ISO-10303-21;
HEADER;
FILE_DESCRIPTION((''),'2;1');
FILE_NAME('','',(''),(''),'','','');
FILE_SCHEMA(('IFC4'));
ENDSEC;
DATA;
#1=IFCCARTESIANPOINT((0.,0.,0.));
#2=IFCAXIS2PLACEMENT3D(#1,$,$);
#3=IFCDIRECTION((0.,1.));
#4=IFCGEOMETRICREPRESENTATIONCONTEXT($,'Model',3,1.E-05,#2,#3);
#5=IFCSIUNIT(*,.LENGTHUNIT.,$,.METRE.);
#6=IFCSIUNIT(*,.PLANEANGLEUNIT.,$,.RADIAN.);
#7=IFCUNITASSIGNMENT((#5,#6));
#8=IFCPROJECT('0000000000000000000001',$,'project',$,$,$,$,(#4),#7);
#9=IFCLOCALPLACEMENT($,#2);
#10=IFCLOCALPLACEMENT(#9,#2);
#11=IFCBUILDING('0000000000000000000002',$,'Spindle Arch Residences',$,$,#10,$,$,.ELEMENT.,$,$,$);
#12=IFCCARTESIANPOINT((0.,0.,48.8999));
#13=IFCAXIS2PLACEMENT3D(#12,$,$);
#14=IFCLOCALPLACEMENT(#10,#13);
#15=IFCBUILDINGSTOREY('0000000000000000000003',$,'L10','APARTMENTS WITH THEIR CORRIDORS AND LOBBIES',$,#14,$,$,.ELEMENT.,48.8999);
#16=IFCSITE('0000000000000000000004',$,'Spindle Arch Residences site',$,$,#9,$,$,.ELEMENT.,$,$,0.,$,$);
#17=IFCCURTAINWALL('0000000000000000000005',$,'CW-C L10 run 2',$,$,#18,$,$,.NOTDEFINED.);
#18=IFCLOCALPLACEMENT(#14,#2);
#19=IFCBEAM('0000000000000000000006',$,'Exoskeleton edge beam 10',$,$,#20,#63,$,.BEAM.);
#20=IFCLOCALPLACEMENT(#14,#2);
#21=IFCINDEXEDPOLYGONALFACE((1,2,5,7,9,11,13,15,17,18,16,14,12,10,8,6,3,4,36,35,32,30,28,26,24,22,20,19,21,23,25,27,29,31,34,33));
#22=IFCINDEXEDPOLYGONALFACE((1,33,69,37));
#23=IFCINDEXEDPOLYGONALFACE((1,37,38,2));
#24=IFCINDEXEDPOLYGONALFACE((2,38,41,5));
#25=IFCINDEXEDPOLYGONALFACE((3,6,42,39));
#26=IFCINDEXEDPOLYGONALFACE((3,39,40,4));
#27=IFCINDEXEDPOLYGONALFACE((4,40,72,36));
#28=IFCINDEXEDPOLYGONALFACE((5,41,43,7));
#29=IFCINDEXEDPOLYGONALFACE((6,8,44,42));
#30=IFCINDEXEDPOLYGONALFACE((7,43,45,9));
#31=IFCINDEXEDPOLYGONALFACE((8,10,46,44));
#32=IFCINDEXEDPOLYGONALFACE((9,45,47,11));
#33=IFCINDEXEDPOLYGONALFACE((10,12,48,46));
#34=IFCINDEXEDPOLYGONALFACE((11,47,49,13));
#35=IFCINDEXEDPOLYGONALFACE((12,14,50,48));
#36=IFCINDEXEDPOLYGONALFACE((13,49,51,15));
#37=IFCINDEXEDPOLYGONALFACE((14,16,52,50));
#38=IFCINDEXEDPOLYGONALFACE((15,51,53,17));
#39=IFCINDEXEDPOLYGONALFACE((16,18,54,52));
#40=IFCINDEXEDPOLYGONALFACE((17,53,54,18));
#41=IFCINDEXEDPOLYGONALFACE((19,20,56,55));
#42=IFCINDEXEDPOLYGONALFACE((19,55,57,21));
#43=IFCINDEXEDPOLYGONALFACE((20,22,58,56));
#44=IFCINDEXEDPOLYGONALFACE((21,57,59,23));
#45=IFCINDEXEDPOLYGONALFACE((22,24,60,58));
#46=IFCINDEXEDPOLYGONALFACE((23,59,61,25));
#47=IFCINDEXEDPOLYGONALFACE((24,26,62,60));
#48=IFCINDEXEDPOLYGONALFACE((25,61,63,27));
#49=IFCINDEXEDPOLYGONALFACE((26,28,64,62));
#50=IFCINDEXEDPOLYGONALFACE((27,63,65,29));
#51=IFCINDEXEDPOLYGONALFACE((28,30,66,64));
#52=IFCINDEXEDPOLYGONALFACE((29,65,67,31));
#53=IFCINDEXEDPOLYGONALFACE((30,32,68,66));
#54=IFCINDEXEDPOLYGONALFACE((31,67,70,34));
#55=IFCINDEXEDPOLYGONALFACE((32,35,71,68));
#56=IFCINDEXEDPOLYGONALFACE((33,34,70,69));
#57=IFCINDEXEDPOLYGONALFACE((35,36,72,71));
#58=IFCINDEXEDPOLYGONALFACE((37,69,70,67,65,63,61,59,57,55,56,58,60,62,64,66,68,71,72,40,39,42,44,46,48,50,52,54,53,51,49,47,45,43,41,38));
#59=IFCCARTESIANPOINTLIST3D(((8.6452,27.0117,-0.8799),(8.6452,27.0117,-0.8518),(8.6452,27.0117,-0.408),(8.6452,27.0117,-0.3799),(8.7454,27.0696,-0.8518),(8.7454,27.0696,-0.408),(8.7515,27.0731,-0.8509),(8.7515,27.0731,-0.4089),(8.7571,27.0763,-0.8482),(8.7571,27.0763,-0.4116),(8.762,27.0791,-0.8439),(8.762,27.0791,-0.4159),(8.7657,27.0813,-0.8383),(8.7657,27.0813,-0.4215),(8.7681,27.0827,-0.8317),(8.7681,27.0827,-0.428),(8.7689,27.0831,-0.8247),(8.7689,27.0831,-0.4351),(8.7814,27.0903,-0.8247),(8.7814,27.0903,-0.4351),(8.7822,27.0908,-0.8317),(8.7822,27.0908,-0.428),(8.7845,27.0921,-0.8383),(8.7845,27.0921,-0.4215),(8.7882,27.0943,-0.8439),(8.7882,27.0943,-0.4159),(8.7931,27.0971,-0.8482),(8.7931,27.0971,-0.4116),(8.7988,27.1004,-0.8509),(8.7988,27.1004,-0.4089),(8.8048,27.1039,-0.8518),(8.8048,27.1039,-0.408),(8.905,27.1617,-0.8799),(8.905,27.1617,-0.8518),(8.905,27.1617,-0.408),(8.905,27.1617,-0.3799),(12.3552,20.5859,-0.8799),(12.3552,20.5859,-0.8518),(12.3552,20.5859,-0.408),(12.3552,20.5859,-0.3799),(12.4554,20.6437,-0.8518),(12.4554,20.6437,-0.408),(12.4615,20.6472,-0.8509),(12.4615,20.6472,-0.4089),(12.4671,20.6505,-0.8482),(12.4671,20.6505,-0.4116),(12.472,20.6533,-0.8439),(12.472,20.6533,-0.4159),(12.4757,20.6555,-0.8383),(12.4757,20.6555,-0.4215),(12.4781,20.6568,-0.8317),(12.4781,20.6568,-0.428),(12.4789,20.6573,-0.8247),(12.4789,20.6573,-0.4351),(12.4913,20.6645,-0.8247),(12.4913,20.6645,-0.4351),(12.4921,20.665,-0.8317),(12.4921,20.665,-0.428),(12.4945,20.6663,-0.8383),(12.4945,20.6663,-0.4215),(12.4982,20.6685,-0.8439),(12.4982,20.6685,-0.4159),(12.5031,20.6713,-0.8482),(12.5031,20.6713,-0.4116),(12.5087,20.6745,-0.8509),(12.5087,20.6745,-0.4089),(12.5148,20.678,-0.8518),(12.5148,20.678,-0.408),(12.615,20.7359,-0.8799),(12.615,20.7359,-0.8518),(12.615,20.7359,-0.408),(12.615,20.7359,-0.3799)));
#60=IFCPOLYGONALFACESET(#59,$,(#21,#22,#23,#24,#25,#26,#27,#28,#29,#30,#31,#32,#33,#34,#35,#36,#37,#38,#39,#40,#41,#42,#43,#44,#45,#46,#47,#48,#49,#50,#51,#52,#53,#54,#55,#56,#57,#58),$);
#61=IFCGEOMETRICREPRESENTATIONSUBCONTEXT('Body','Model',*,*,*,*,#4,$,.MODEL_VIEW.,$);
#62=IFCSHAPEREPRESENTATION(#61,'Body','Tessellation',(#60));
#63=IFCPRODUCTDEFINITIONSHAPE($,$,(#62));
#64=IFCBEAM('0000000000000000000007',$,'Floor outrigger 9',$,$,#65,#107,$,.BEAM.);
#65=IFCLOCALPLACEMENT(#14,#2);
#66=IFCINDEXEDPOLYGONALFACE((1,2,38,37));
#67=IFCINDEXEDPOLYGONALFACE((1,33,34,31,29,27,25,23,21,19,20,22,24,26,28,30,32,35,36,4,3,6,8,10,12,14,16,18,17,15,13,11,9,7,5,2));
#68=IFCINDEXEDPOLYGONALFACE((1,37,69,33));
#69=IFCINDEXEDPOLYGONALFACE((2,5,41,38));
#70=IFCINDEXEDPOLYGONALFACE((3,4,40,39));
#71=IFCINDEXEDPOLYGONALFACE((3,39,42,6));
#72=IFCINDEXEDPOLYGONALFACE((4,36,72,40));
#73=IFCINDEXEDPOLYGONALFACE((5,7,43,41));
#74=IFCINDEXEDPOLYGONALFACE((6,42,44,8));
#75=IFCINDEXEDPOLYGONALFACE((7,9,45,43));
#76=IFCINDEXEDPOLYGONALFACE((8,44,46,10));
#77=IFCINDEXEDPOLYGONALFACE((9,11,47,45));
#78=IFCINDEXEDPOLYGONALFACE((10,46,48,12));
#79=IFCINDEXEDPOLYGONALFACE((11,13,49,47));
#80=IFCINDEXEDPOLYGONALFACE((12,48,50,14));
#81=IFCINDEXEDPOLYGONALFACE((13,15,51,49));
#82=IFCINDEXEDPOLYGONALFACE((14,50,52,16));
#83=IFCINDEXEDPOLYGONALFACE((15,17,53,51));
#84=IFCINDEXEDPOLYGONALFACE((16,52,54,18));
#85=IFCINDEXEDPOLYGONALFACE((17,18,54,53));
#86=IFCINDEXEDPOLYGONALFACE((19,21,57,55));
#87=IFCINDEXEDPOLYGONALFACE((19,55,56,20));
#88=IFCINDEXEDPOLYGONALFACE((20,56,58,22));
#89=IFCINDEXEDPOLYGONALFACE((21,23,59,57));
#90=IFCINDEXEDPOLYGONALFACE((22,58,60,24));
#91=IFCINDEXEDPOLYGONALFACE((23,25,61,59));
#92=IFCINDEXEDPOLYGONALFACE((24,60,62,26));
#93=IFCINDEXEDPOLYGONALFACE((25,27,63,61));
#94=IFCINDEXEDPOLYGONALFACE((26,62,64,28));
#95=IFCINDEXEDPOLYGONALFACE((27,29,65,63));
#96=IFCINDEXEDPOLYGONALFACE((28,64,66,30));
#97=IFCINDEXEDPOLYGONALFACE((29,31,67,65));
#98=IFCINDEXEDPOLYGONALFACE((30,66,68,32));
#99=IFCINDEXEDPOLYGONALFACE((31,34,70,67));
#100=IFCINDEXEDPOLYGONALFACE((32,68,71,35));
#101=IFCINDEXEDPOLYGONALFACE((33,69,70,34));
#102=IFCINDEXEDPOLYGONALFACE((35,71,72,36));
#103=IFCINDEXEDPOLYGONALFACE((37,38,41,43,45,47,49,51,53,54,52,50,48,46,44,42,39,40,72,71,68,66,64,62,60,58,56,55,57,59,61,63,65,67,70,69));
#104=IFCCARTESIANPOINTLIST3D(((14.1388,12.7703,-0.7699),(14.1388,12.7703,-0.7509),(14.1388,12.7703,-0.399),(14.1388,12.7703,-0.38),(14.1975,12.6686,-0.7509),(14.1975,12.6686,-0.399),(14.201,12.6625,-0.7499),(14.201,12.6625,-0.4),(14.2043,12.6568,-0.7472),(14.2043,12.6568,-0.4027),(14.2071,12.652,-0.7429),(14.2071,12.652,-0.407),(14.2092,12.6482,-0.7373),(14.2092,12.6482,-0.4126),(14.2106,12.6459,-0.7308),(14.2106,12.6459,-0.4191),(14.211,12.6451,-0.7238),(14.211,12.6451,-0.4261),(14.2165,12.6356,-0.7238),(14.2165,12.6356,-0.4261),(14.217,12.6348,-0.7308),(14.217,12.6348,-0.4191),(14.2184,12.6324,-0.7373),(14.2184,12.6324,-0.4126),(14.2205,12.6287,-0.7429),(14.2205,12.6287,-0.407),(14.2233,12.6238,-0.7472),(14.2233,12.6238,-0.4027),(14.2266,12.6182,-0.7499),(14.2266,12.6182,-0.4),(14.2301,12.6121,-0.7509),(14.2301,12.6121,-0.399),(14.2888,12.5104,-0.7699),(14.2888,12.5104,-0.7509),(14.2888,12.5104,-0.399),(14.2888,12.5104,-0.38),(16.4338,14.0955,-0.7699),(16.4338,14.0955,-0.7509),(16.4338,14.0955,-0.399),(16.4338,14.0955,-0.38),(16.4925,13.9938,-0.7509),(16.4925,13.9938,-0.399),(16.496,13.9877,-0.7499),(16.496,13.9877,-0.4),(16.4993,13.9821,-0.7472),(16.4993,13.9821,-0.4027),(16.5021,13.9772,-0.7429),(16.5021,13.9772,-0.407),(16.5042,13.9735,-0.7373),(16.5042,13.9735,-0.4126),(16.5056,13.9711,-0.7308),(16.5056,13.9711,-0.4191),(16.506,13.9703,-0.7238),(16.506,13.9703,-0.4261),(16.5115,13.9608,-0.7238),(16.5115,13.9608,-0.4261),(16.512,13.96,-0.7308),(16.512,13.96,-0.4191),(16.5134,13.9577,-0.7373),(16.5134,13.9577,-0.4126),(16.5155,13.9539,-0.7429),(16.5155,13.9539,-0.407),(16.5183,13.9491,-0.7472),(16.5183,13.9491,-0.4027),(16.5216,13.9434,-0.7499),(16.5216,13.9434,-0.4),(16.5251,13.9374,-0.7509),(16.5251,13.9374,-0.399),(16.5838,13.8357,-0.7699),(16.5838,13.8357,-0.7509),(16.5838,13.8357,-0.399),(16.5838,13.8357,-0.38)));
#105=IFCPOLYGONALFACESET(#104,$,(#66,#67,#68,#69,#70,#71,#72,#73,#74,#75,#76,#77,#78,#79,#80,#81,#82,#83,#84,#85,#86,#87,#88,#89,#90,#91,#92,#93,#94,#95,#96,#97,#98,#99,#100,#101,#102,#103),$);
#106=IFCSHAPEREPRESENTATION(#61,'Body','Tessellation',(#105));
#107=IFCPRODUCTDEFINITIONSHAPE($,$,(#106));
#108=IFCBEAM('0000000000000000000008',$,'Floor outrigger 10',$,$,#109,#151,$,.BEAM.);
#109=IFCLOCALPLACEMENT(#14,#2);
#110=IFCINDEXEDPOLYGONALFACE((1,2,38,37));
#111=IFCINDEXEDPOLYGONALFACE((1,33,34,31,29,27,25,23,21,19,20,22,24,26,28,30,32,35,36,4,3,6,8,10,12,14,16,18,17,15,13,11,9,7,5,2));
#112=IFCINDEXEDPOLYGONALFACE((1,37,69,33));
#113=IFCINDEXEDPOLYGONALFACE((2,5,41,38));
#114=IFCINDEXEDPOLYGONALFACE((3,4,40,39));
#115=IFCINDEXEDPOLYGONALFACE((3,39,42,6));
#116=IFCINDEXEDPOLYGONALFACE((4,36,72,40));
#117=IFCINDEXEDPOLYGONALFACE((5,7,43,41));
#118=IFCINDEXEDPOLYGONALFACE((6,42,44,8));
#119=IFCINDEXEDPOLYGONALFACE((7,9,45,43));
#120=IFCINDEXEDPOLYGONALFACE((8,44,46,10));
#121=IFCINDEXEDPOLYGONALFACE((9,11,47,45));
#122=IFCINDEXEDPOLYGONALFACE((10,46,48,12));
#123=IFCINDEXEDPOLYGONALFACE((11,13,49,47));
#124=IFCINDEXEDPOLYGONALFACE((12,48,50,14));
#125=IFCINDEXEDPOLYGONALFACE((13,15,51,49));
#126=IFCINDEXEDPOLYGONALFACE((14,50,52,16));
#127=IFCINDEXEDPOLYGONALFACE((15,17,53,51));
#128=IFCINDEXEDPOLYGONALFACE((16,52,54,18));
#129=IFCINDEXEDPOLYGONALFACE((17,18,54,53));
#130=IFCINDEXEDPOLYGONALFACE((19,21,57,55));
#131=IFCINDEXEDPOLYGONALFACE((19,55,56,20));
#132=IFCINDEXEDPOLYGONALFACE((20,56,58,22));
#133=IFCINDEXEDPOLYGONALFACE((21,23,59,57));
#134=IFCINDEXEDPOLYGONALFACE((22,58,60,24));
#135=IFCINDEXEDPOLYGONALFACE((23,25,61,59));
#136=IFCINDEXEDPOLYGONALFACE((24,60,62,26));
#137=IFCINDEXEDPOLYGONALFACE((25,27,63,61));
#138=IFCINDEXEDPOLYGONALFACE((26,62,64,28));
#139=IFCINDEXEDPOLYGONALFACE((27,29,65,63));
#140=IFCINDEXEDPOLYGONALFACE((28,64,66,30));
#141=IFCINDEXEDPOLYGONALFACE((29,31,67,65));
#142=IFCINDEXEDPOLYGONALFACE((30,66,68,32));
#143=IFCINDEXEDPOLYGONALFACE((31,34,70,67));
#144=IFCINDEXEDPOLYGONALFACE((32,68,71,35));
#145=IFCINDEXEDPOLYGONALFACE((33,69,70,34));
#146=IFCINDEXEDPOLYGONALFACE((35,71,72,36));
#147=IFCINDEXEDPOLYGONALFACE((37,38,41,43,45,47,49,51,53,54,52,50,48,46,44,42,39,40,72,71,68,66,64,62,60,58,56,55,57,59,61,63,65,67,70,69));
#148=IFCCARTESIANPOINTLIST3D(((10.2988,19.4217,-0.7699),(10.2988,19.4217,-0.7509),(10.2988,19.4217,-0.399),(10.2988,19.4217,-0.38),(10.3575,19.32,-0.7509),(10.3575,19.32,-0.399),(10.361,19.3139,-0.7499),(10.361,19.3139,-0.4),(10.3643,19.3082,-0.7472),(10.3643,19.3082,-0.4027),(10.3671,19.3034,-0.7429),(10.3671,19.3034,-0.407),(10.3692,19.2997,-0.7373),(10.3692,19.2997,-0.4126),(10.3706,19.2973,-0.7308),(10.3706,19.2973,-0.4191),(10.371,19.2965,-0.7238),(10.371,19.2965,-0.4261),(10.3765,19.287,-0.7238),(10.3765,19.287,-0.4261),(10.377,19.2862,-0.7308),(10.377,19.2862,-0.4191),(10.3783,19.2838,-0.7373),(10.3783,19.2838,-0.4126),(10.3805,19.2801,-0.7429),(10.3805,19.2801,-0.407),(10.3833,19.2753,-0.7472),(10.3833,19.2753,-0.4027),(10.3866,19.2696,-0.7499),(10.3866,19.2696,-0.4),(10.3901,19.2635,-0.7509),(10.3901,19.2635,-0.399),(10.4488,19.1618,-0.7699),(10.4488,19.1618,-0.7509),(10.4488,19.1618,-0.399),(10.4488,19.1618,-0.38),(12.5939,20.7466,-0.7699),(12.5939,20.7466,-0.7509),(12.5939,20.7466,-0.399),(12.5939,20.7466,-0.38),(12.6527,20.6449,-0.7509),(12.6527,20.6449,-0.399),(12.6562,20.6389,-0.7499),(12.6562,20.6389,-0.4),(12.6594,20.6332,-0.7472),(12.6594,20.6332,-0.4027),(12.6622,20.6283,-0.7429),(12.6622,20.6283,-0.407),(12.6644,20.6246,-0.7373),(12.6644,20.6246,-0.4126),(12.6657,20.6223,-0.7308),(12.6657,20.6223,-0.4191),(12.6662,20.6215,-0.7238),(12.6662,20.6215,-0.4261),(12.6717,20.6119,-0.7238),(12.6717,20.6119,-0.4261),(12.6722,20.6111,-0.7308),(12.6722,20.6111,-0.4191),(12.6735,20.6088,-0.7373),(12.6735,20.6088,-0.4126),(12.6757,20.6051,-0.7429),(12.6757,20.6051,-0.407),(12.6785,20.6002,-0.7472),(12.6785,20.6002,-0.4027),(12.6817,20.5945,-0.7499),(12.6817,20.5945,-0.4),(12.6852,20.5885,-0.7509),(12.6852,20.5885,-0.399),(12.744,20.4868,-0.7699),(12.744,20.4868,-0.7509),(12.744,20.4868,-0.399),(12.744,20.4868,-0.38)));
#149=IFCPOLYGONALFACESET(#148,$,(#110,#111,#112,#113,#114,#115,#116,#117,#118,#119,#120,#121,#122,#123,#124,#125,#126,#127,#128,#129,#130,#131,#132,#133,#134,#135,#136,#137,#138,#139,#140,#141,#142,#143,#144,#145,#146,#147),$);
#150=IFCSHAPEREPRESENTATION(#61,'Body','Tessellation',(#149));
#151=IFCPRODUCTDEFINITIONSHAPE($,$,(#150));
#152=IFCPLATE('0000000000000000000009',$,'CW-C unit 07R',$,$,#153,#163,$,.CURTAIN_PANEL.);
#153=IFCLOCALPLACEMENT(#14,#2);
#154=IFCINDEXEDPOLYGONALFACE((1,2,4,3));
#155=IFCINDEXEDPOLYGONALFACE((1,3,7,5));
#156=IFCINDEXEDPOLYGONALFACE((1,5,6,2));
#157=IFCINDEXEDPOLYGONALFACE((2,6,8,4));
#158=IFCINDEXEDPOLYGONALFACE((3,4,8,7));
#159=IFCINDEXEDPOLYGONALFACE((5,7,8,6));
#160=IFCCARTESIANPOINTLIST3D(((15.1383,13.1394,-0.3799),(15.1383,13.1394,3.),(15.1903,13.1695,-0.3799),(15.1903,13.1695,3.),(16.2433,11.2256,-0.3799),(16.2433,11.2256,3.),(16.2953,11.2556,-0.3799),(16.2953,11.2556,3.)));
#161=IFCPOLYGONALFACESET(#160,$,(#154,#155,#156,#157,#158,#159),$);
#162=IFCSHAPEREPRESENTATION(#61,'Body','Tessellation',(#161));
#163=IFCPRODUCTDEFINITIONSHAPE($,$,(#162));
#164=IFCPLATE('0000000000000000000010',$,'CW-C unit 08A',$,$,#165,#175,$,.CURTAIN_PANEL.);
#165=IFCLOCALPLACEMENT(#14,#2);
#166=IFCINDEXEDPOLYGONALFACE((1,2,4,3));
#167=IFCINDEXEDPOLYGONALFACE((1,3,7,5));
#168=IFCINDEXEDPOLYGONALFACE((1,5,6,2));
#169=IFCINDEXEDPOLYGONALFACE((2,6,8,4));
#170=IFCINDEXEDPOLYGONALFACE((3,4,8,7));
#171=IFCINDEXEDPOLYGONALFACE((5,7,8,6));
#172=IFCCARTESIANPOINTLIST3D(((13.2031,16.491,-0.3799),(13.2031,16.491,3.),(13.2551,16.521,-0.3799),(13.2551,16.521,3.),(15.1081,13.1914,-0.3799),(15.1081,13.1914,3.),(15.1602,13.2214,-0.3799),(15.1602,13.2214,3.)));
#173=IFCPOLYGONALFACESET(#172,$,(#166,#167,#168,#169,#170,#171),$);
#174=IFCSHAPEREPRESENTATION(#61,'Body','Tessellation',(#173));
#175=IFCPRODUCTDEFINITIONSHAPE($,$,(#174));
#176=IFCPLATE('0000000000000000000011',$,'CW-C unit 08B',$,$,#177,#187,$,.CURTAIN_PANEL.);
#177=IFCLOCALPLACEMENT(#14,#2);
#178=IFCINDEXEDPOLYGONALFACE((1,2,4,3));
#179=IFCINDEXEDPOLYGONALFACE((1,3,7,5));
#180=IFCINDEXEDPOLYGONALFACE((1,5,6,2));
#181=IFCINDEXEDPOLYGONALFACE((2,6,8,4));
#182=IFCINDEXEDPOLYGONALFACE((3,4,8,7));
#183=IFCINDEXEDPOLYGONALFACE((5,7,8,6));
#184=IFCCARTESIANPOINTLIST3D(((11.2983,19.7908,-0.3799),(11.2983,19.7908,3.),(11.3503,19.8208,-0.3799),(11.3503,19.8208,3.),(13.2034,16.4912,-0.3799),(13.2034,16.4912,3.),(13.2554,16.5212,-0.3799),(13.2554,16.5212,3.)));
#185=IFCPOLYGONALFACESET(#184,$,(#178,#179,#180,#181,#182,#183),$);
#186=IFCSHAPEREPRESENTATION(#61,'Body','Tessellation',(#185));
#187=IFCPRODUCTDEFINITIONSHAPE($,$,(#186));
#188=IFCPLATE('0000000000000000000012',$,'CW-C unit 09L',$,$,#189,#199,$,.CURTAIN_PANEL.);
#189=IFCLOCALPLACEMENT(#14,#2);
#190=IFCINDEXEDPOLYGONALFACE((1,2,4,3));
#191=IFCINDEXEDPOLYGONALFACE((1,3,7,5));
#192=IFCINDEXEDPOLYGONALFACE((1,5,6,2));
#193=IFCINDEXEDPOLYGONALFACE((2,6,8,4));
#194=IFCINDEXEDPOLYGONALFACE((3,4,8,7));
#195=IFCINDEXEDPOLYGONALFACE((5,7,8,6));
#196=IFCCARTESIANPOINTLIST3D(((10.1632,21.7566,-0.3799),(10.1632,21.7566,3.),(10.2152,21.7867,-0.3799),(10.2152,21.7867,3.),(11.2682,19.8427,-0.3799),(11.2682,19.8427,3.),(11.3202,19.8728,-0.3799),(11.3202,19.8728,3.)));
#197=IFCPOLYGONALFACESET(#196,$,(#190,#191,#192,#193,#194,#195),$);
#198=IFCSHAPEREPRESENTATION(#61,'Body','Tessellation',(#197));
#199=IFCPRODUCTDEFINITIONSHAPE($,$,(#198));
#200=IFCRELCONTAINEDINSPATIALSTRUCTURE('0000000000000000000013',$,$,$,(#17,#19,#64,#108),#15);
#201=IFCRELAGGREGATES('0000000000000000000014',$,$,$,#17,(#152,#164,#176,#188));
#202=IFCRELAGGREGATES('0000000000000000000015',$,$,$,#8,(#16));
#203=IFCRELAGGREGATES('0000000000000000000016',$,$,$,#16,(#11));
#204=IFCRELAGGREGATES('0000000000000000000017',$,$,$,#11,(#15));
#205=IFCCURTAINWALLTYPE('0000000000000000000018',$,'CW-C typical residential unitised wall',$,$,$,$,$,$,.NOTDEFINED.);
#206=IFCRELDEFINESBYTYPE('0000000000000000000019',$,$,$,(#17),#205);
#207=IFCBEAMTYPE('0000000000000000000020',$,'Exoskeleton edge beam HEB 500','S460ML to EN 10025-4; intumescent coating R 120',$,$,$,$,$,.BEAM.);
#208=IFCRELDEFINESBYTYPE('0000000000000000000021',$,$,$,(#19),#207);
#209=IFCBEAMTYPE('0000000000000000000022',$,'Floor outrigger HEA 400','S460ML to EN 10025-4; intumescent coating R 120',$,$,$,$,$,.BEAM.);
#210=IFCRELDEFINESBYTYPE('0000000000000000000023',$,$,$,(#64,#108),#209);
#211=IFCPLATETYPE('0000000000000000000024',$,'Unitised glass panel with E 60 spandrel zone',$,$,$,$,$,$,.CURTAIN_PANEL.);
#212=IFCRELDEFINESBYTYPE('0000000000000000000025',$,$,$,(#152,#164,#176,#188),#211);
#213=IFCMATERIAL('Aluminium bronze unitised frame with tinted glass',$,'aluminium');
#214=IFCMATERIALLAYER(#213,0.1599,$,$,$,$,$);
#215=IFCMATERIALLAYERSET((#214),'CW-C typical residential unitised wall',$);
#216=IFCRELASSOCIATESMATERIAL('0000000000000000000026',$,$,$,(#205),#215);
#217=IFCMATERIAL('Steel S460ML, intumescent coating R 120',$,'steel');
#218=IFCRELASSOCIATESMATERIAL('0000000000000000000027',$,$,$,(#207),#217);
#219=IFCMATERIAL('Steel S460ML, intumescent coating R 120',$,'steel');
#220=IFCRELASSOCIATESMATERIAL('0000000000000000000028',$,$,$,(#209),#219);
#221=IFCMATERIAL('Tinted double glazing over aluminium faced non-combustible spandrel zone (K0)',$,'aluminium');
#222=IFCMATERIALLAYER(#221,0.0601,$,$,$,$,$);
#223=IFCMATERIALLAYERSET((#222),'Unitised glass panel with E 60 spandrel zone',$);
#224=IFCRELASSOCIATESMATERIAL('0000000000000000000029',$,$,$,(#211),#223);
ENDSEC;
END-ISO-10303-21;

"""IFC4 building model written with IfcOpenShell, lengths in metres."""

from ifc_helpers import new_model, si_unit, direction, frame, origin, origin_2d, place, context, subcontext, project, spatial, rectangle, i_section, extrude, material, layer, layer_set, material_profile, profile_set, type_object, element, aggregate, save


model = new_model("IFC4")

# Units and contexts
model_context = context("Model", 3, precision=1e-05, world=origin(), true_north=direction((0.0, 1.0)))
body_context = subcontext(model_context, "Body", "Model", "MODEL_VIEW")
ifc_project = project(units=[si_unit("LENGTHUNIT", "METRE"), si_unit("PLANEANGLEUNIT", "RADIAN")], contexts=[model_context])

# Site, building, storey
site_placement = place(None, origin())
site = spatial("IfcSite", under=ifc_project, at=site_placement, Name="Spindle Arch Residences site", CompositionType="ELEMENT", RefElevation=0.0)
building_placement = place(site_placement, origin())
building = spatial("IfcBuilding", under=site, at=building_placement, Name="Spindle Arch Residences", CompositionType="ELEMENT")
storey_placement = place(building_placement, frame((0.0, 0.0, 48.8999)))
storey = spatial("IfcBuildingStorey", under=building, at=storey_placement, Name="L10", Description="APARTMENTS WITH THEIR CORRIDORS AND LOBBIES", CompositionType="ELEMENT", Elevation=48.8999)

# Curtain wall
ifc_material_1 = material(Name="Aluminium bronze unitised frame with tinted glass", Category="aluminium")
ifc_layer_1 = layer(ifc_material_1, 0.1599)
ifc_layer_set_1 = layer_set([ifc_layer_1], Name="CW-C typical residential unitised wall")
curtain_wall_type = type_object("IfcCurtainWallType", Name="CW-C typical residential unitised wall", PredefinedType="NOTDEFINED", material=ifc_layer_set_1)
curtain_wall_placement = place(storey_placement, origin())
curtain_wall = element("IfcCurtainWall", 1, at=curtain_wall_placement, inside=storey, type_object=curtain_wall_type, Name="CW-C L10 run 2", PredefinedType="NOTDEFINED")

# Beams
ifc_material_2 = material(Name="Steel S460ML, intumescent coating R 120", Category="steel")
ifc_material_profile_1 = material_profile(ifc_material_2, i_section(OverallWidth=0.3, OverallDepth=0.5, WebThickness=0.0144, FlangeThickness=0.0281, FilletRadius=0.0271, at=origin_2d()), Name="HEB 500")
ifc_profile_set_1 = profile_set([ifc_material_profile_1], Name="Steel S460ML, intumescent coating R 120")
beam_type_1 = type_object("IfcBeamType", Name="Exoskeleton edge beam HEB 500", Description="S460ML to EN 10025-4; intumescent coating R 120", PredefinedType="BEAM", material=ifc_profile_set_1)
beam_1_placement = place(storey_placement, frame((12.4851, 20.6609, -0.6299), z_axis=(-0.500003, 0.866023, 0.0), x_axis=(-0.866023, -0.500003, 0.0)))
element("IfcBeam", 2, at=beam_1_placement, inside=storey, type_object=beam_type_1, Name="Exoskeleton edge beam 10", PredefinedType="BEAM", context=body_context, shape_type="SweptSolid", body=[
    extrude(i_section(OverallWidth=0.3, OverallDepth=0.5, WebThickness=0.0144, FlangeThickness=0.0281, FilletRadius=0.0271, at=origin_2d()), origin(), (0.0, 0.0, 1.0), 7.4199),
])
ifc_material_3 = material(Name="Steel S460ML, intumescent coating R 120", Category="steel")
ifc_material_profile_2 = material_profile(ifc_material_3, i_section(OverallWidth=0.3, OverallDepth=0.3899, WebThickness=0.011, FlangeThickness=0.019, FilletRadius=0.0271, at=origin_2d()), Name="HEA 400")
ifc_profile_set_2 = profile_set([ifc_material_profile_2], Name="Steel S460ML, intumescent coating R 120")
beam_type_2 = type_object("IfcBeamType", Name="Floor outrigger HEA 400", Description="S460ML to EN 10025-4; intumescent coating R 120", PredefinedType="BEAM", material=ifc_profile_set_2)
for number, where, z_axis, x_axis, name in (
    (3, (16.5088, 13.9656, -0.575), (-0.865989, -0.500063, 0.0), (0.500063, -0.865989, 0.0), "Floor outrigger 9"),
    (4, (12.6689, 20.6167, -0.575), (-0.866052, -0.499954, 0.0), (0.499954, -0.866052, 0.0), "Floor outrigger 10"),
):
    element("IfcBeam", number, at=place(storey_placement, frame(where, z_axis=z_axis, x_axis=x_axis)), inside=storey, type_object=beam_type_2, Name=name, PredefinedType="BEAM", context=body_context, shape_type="SweptSolid", body=[
        extrude(i_section(OverallWidth=0.3, OverallDepth=0.3899, WebThickness=0.011, FlangeThickness=0.019, FilletRadius=0.0271, at=origin_2d()), origin(), (0.0, 0.0, 1.0), 2.6501),
    ])

# Plates
ifc_material_4 = material(Name="Tinted double glazing over aluminium faced non-combustible spandrel zone (K0)", Category="aluminium")
ifc_layer_2 = layer(ifc_material_4, 0.0601)
ifc_layer_set_2 = layer_set([ifc_layer_2], Name="Unitised glass panel with E 60 spandrel zone")
plate_type = type_object("IfcPlateType", Name="Unitised glass panel with E 60 spandrel zone", PredefinedType="CURTAIN_PANEL", material=ifc_layer_set_2)
plate_1_placement = place(storey_placement, frame((15.7168, 12.1975, -0.3799), z_axis=(0.0, 0.0, 1.0), x_axis=(-0.5, 0.866025, 0.0)))
plate_1 = element("IfcPlate", 5, at=plate_1_placement, type_object=plate_type, Name="CW-C unit 07R", PredefinedType="CURTAIN_PANEL", context=body_context, shape_type="SweptSolid", body=[
    extrude(rectangle(XDim=2.21, YDim=0.0601, at=origin_2d()), origin(), (0.0, 0.0, 1.0), 3.3799),
])
plate_2_placement = place(storey_placement, frame((14.1816, 14.8562, -0.3799), z_axis=(0.0, 0.0, 1.0), x_axis=(-0.5, 0.866025, 0.0)))
plate_2 = element("IfcPlate", 6, at=plate_2_placement, type_object=plate_type, Name="CW-C unit 08A", PredefinedType="CURTAIN_PANEL", context=body_context, shape_type="SweptSolid", body=[
    extrude(rectangle(XDim=3.8101, YDim=0.0601, at=origin_2d()), origin(), (0.0, 0.0, 1.0), 3.3799),
])
plate_3_placement = place(storey_placement, frame((12.2769, 18.156, -0.3799), z_axis=(0.0, 0.0, 1.0), x_axis=(-0.5, 0.866025, 0.0)))
plate_3 = element("IfcPlate", 7, at=plate_3_placement, type_object=plate_type, Name="CW-C unit 08B", PredefinedType="CURTAIN_PANEL", context=body_context, shape_type="SweptSolid", body=[
    extrude(rectangle(XDim=3.8101, YDim=0.0601, at=origin_2d()), origin(), (0.0, 0.0, 1.0), 3.3799),
])
plate_4_placement = place(storey_placement, frame((10.7417, 20.8147, -0.3799), z_axis=(0.0, 0.0, 1.0), x_axis=(-0.5, 0.866025, 0.0)))
plate_4 = element("IfcPlate", 8, at=plate_4_placement, type_object=plate_type, Name="CW-C unit 09L", PredefinedType="CURTAIN_PANEL", context=body_context, shape_type="SweptSolid", body=[
    extrude(rectangle(XDim=2.21, YDim=0.0601, at=origin_2d()), origin(), (0.0, 0.0, 1.0), 3.3799),
])
aggregate(curtain_wall, [plate_1, plate_2, plate_3, plate_4])

save(model, "model.ifc")
